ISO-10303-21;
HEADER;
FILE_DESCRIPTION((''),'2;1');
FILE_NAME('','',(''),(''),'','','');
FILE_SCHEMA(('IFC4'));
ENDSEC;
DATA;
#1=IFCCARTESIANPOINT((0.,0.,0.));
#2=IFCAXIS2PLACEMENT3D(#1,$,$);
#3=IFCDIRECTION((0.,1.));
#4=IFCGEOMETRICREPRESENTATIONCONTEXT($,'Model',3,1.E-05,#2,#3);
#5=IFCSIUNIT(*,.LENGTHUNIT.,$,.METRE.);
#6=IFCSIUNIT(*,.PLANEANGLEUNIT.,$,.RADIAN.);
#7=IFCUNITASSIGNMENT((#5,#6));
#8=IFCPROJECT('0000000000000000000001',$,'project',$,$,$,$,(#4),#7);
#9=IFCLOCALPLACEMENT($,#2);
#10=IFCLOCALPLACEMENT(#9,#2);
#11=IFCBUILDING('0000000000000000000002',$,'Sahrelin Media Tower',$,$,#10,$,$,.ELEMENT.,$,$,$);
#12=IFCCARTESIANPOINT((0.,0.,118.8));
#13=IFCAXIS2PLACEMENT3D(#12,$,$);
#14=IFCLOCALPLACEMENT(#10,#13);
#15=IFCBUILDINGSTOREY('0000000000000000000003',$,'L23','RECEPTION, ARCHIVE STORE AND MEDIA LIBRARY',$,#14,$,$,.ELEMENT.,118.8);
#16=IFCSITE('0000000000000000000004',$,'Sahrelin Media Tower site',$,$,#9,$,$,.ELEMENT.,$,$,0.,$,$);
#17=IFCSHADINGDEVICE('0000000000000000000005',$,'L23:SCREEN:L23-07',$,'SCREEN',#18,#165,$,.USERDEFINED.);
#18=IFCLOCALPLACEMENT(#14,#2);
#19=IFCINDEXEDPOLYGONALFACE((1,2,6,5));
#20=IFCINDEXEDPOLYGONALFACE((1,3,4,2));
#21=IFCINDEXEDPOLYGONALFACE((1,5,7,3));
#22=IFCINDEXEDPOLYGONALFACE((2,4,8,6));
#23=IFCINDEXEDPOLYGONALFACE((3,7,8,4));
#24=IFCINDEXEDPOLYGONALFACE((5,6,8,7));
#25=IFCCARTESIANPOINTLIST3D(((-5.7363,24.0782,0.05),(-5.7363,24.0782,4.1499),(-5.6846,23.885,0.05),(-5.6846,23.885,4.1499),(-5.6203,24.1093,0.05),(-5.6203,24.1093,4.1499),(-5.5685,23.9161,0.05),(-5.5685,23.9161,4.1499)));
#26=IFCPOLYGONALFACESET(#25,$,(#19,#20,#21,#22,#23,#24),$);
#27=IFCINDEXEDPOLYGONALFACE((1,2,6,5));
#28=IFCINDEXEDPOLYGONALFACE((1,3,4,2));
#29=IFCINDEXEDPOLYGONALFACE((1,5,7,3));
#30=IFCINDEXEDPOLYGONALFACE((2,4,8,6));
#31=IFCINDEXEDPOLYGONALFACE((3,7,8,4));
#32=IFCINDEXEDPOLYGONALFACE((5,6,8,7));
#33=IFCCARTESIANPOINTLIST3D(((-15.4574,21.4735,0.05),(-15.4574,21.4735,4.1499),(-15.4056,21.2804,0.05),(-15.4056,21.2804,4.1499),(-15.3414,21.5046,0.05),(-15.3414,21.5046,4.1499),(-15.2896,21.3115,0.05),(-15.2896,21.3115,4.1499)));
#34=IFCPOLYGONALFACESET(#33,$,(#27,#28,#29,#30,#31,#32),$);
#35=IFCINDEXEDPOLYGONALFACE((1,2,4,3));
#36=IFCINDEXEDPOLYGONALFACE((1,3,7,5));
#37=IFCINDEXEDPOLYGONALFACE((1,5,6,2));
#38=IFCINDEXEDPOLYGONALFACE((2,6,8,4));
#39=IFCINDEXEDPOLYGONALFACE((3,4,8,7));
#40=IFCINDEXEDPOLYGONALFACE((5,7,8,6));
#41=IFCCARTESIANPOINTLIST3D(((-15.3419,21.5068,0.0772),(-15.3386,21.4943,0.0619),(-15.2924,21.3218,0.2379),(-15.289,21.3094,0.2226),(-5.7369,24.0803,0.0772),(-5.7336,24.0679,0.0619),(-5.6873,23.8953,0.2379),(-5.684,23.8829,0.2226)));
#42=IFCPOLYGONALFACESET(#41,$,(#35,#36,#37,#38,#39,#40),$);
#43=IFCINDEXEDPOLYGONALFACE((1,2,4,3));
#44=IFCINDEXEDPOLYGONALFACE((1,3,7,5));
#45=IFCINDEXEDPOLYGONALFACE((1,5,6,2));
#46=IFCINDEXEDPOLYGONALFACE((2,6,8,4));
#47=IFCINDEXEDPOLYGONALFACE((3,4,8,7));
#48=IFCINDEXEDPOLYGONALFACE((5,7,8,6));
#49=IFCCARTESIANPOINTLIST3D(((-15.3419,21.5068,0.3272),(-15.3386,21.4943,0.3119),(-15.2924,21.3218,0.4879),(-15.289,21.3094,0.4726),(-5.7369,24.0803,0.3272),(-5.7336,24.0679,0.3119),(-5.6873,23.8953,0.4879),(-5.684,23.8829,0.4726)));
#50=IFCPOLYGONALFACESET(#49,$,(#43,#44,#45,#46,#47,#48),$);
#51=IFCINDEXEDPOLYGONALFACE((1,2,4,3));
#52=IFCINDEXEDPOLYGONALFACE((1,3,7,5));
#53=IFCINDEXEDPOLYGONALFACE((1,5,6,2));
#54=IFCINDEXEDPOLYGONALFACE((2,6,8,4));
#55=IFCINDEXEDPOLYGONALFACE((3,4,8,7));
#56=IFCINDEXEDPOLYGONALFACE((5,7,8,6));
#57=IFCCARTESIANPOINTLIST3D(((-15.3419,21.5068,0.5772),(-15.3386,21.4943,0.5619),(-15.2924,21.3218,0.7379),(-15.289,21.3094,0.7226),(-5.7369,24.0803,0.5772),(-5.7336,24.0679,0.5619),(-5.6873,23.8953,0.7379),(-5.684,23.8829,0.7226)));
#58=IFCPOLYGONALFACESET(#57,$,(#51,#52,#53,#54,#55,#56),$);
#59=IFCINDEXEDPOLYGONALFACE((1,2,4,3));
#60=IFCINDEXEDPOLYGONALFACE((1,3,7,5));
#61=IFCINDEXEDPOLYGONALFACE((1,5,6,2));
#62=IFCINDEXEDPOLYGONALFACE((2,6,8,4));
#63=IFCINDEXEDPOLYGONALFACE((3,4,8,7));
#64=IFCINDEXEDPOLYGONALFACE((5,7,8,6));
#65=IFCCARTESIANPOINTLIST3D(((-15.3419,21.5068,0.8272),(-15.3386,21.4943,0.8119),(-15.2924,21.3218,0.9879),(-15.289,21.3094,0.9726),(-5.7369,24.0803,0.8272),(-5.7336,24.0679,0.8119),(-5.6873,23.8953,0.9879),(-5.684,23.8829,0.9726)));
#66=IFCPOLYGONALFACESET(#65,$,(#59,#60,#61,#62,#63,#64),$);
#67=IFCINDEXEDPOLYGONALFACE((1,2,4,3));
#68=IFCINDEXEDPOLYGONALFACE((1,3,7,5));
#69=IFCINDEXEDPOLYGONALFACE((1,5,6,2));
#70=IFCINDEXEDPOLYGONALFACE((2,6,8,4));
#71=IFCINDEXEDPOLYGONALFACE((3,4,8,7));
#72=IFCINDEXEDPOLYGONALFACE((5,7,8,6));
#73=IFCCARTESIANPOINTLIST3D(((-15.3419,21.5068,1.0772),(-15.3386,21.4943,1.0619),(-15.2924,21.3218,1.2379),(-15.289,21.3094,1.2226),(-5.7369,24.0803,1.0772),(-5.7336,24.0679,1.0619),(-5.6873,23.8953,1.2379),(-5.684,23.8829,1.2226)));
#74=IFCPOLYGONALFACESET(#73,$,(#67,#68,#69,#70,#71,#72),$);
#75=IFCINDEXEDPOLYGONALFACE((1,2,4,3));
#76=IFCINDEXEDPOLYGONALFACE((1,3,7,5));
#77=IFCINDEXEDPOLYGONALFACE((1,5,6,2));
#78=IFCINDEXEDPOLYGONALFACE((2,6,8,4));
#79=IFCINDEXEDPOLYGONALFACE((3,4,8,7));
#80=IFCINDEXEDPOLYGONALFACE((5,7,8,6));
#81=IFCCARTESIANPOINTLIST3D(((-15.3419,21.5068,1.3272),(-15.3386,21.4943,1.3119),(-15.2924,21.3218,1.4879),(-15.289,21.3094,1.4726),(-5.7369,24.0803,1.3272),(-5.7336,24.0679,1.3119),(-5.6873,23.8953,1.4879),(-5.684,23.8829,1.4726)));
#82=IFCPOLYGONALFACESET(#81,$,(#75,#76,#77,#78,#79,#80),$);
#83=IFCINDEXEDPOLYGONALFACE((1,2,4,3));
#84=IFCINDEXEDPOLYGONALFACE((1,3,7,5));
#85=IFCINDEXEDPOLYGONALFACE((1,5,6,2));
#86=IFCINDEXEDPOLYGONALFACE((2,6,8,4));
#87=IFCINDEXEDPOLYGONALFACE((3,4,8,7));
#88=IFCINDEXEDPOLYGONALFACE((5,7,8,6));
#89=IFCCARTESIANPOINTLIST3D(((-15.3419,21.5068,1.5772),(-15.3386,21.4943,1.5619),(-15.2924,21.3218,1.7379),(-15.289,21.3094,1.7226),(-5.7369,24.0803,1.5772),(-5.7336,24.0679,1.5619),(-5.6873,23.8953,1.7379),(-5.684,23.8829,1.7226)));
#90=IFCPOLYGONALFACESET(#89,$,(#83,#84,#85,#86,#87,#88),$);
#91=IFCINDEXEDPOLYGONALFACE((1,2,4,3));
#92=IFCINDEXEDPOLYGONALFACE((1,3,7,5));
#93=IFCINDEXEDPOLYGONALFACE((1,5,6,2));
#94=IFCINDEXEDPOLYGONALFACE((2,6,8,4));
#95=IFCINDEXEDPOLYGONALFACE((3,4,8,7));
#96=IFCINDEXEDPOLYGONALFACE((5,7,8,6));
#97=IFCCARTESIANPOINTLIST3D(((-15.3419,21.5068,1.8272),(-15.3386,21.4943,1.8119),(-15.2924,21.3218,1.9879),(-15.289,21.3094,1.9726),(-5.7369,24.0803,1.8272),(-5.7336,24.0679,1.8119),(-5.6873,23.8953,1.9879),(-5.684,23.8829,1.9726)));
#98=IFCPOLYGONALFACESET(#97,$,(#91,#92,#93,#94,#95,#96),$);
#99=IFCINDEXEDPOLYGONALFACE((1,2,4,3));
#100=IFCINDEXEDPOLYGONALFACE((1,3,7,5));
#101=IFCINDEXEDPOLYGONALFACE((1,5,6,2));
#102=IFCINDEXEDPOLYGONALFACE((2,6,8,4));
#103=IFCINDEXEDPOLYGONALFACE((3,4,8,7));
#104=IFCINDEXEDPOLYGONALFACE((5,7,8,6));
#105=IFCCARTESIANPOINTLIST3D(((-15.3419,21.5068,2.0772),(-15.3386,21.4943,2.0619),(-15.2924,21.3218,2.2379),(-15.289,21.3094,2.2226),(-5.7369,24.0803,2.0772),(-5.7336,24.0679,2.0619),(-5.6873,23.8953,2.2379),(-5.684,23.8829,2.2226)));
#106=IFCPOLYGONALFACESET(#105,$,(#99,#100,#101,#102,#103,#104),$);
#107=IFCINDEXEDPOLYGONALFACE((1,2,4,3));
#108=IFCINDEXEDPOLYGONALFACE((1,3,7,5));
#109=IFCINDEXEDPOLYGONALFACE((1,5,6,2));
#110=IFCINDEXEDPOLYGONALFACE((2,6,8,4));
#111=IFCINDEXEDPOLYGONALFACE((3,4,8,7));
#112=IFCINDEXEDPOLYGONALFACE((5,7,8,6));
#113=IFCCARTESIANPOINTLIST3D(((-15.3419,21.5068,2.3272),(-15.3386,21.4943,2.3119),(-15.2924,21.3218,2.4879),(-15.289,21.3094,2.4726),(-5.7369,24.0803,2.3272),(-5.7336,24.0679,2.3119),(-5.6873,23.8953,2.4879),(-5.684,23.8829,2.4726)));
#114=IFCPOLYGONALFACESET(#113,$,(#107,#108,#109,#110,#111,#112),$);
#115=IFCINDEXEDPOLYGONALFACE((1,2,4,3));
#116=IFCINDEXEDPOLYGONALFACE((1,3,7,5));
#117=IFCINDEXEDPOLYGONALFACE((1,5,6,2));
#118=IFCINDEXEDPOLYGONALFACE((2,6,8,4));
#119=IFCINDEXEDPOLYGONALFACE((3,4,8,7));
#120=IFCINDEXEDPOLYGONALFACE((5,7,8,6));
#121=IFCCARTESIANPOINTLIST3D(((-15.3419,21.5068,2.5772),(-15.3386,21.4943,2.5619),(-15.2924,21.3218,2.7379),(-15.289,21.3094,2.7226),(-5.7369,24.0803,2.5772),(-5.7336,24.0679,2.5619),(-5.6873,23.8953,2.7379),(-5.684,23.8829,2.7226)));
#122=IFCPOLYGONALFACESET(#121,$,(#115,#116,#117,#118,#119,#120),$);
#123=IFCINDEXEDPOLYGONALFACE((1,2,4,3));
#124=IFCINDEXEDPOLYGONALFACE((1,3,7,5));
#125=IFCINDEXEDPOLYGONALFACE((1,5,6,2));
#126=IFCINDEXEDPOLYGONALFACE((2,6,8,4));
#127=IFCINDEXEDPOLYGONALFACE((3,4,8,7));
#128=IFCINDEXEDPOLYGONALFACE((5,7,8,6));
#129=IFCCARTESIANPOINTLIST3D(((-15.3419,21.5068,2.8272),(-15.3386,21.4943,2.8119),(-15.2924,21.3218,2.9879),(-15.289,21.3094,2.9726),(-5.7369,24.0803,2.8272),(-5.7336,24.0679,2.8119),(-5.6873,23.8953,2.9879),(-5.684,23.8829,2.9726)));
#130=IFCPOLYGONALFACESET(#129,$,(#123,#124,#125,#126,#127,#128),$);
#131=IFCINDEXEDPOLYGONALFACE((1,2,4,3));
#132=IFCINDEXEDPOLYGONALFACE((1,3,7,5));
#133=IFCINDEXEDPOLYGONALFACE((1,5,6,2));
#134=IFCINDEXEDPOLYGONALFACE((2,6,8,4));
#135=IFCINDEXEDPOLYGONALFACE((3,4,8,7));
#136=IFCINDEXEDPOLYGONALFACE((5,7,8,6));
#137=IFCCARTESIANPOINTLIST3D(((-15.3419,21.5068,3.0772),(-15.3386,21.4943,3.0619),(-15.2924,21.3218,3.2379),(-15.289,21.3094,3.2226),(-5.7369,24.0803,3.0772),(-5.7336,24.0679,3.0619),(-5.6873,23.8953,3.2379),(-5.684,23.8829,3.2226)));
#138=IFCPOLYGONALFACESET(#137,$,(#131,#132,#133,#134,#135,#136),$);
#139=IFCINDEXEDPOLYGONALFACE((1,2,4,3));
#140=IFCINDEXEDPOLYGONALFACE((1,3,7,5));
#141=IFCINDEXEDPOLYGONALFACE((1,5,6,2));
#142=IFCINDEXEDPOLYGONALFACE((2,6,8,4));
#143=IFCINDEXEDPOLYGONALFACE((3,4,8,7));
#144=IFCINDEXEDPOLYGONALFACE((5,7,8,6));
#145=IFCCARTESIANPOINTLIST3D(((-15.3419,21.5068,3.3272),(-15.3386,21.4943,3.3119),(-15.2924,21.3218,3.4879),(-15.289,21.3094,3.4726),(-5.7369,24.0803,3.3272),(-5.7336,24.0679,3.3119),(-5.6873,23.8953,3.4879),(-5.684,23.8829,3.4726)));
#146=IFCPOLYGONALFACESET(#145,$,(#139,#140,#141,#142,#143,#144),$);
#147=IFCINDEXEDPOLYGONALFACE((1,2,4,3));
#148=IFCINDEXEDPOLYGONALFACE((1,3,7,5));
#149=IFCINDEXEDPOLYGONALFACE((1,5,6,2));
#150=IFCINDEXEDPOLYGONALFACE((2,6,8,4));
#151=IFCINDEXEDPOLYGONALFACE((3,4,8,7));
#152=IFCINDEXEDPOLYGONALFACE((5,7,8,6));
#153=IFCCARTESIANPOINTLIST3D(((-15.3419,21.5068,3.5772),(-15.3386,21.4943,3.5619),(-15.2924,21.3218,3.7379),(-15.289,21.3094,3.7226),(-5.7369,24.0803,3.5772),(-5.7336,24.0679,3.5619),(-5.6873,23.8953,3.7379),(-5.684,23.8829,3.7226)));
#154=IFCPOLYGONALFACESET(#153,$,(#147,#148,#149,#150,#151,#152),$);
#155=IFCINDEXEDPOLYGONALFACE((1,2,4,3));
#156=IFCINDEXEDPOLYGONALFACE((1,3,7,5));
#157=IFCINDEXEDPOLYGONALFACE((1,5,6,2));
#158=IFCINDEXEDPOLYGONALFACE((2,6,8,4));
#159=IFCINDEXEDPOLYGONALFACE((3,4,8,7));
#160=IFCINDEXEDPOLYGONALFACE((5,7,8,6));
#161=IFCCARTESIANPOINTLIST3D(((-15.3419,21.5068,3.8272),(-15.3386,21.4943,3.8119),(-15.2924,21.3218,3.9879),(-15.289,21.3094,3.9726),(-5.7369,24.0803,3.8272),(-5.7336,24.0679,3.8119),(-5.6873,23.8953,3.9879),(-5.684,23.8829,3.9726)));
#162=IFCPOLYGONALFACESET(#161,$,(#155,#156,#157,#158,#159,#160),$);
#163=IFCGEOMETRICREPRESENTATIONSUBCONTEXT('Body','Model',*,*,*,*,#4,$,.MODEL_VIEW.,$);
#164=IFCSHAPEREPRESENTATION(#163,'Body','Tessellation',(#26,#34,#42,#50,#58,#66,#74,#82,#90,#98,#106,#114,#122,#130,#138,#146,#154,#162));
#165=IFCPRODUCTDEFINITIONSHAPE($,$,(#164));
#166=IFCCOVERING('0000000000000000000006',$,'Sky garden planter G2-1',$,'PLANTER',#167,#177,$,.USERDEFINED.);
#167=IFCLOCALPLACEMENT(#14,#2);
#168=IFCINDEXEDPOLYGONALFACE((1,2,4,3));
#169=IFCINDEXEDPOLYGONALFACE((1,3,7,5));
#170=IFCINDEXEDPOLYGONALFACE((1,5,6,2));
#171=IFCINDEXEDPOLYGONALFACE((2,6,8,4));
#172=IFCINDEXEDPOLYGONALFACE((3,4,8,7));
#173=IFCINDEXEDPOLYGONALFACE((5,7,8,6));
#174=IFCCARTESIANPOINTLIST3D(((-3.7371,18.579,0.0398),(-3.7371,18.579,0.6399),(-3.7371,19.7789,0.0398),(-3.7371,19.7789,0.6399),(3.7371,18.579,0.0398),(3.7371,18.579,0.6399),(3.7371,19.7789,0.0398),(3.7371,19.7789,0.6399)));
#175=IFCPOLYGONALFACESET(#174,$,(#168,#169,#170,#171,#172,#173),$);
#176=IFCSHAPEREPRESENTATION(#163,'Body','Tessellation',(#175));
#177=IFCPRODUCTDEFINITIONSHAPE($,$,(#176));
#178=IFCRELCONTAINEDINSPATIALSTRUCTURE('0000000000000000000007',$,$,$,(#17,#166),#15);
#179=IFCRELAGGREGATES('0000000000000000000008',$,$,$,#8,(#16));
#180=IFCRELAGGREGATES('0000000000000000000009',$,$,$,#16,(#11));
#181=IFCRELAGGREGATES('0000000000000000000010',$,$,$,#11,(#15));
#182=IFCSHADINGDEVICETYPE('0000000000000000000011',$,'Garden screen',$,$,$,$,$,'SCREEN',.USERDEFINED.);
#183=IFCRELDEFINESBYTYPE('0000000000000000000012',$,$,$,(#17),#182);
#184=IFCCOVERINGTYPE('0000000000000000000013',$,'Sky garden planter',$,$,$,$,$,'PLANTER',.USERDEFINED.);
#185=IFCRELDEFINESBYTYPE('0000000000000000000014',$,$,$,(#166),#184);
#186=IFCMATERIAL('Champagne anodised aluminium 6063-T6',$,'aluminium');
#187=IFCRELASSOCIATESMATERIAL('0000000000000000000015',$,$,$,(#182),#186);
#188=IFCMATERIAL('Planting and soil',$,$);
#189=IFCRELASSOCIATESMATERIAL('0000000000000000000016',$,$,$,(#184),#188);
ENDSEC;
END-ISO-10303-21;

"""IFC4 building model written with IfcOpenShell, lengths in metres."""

from ifc_helpers import new_model, si_unit, direction, frame, origin, origin_2d, place, context, subcontext, project, spatial, rectangle, extrude, material, type_object, element, save


model = new_model("IFC4")

# Units and contexts
model_context = context("Model", 3, precision=1e-05, world=origin(), true_north=direction((0.0, 1.0)))
body_context = subcontext(model_context, "Body", "Model", "MODEL_VIEW")
ifc_project = project(units=[si_unit("LENGTHUNIT", "METRE"), si_unit("PLANEANGLEUNIT", "RADIAN")], contexts=[model_context])

# Site, building, storey
site_placement = place(None, origin())
site = spatial("IfcSite", under=ifc_project, at=site_placement, Name="Sahrelin Media Tower site", CompositionType="ELEMENT", RefElevation=0.0)
building_placement = place(site_placement, origin())
building = spatial("IfcBuilding", under=site, at=building_placement, Name="Sahrelin Media Tower", CompositionType="ELEMENT")
storey_placement = place(building_placement, frame((0.0, 0.0, 118.8)))
storey = spatial("IfcBuildingStorey", under=building, at=storey_placement, Name="L23", Description="RECEPTION, ARCHIVE STORE AND MEDIA LIBRARY", CompositionType="ELEMENT", Elevation=118.8)

# Shading device
ifc_material_1 = material(Name="Champagne anodised aluminium 6063-T6", Category="aluminium")
shading_device_type = type_object("IfcShadingDeviceType", Name="Garden screen", ElementType="SCREEN", PredefinedType="USERDEFINED", material=ifc_material_1)
shading_device_1_placement = place(storey_placement, frame((-10.4871, 22.5981, 0.0), z_axis=(0.0, 0.0, 1.0), x_axis=(0.965929, 0.258808, 0.0)))
element("IfcShadingDevice", 1, at=shading_device_1_placement, inside=storey, type_object=shading_device_type, Name="L23:SCREEN:L23-07", ObjectType="SCREEN", PredefinedType="USERDEFINED", context=body_context, shape_type="SweptSolid", body=[
    extrude(rectangle(XDim=0.1201, YDim=0.2, at=origin_2d()), frame((5.032, 0.1001, 0.05), z_axis=(0.0, 0.0, 1.0), x_axis=(1.0, 0.0, 0.0)), (0.0, 0.0, 1.0), 4.0999),
    extrude(rectangle(XDim=0.1201, YDim=0.2, at=origin_2d()), frame((-5.032, 0.1001, 0.05), z_axis=(0.0, 0.0, 1.0), x_axis=(1.0, 0.0, 0.0)), (0.0, 0.0, 1.0), 4.0999),
    extrude(rectangle(XDim=0.25, YDim=0.02, at=origin_2d()), frame((4.9719, 0.1001, 0.1499), z_axis=(-1.0, 0.0, 0.0), x_axis=(0.0, -0.766044, 0.642788)), (0.0, 0.0, 1.0), 9.9438),
    extrude(rectangle(XDim=0.25, YDim=0.02, at=origin_2d()), frame((4.9719, 0.1001, 0.3999), z_axis=(-1.0, 0.0, 0.0), x_axis=(0.0, -0.766044, 0.642788)), (0.0, 0.0, 1.0), 9.9438),
    extrude(rectangle(XDim=0.25, YDim=0.02, at=origin_2d()), frame((4.9719, 0.1001, 0.6499), z_axis=(-1.0, 0.0, 0.0), x_axis=(0.0, -0.766044, 0.642788)), (0.0, 0.0, 1.0), 9.9438),
    extrude(rectangle(XDim=0.25, YDim=0.02, at=origin_2d()), frame((4.9719, 0.1001, 0.8999), z_axis=(-1.0, 0.0, 0.0), x_axis=(0.0, -0.766044, 0.642788)), (0.0, 0.0, 1.0), 9.9438),
    extrude(rectangle(XDim=0.25, YDim=0.02, at=origin_2d()), frame((4.9719, 0.1001, 1.1499), z_axis=(-1.0, 0.0, 0.0), x_axis=(0.0, -0.766044, 0.642788)), (0.0, 0.0, 1.0), 9.9438),
    extrude(rectangle(XDim=0.25, YDim=0.02, at=origin_2d()), frame((4.9719, 0.1001, 1.3999), z_axis=(-1.0, 0.0, 0.0), x_axis=(0.0, -0.766044, 0.642788)), (0.0, 0.0, 1.0), 9.9438),
    extrude(rectangle(XDim=0.25, YDim=0.02, at=origin_2d()), frame((4.9719, 0.1001, 1.6499), z_axis=(-1.0, 0.0, 0.0), x_axis=(0.0, -0.766044, 0.642788)), (0.0, 0.0, 1.0), 9.9438),
    extrude(rectangle(XDim=0.25, YDim=0.02, at=origin_2d()), frame((4.9719, 0.1001, 1.8999), z_axis=(-1.0, 0.0, 0.0), x_axis=(0.0, -0.766044, 0.642788)), (0.0, 0.0, 1.0), 9.9438),
    extrude(rectangle(XDim=0.25, YDim=0.02, at=origin_2d()), frame((4.9719, 0.1001, 2.1499), z_axis=(-1.0, 0.0, 0.0), x_axis=(0.0, -0.766044, 0.642788)), (0.0, 0.0, 1.0), 9.9438),
    extrude(rectangle(XDim=0.25, YDim=0.02, at=origin_2d()), frame((4.9719, 0.1001, 2.3999), z_axis=(-1.0, 0.0, 0.0), x_axis=(0.0, -0.766044, 0.642788)), (0.0, 0.0, 1.0), 9.9438),
    extrude(rectangle(XDim=0.25, YDim=0.02, at=origin_2d()), frame((4.9719, 0.1001, 2.6499), z_axis=(-1.0, 0.0, 0.0), x_axis=(0.0, -0.766044, 0.642788)), (0.0, 0.0, 1.0), 9.9438),
    extrude(rectangle(XDim=0.25, YDim=0.02, at=origin_2d()), frame((4.9719, 0.1001, 2.8999), z_axis=(-1.0, 0.0, 0.0), x_axis=(0.0, -0.766044, 0.642788)), (0.0, 0.0, 1.0), 9.9438),
    extrude(rectangle(XDim=0.25, YDim=0.02, at=origin_2d()), frame((4.9719, 0.1001, 3.1499), z_axis=(-1.0, 0.0, 0.0), x_axis=(0.0, -0.766044, 0.642788)), (0.0, 0.0, 1.0), 9.9438),
    extrude(rectangle(XDim=0.25, YDim=0.02, at=origin_2d()), frame((4.9719, 0.1001, 3.3999), z_axis=(-1.0, 0.0, 0.0), x_axis=(0.0, -0.766044, 0.642788)), (0.0, 0.0, 1.0), 9.9438),
    extrude(rectangle(XDim=0.25, YDim=0.02, at=origin_2d()), frame((4.9719, 0.1001, 3.6499), z_axis=(-1.0, 0.0, 0.0), x_axis=(0.0, -0.766044, 0.642788)), (0.0, 0.0, 1.0), 9.9438),
    extrude(rectangle(XDim=0.25, YDim=0.02, at=origin_2d()), frame((4.9719, 0.1001, 3.8999), z_axis=(-1.0, 0.0, 0.0), x_axis=(0.0, -0.766044, 0.642788)), (0.0, 0.0, 1.0), 9.9438),
])

# Covering
ifc_material_2 = material(Name="Planting and soil")
covering_type = type_object("IfcCoveringType", Name="Sky garden planter", ElementType="PLANTER", PredefinedType="USERDEFINED", material=ifc_material_2)
covering_placement = place(storey_placement, frame((0.0, 19.179, 0.0398), z_axis=(0.0, 0.0, 1.0), x_axis=(-1.0, 0.0, 0.0)))
element("IfcCovering", 2, at=covering_placement, inside=storey, type_object=covering_type, Name="Sky garden planter G2-1", ObjectType="PLANTER", PredefinedType="USERDEFINED", context=body_context, shape_type="SweptSolid", body=[
    extrude(rectangle(XDim=7.4741, YDim=1.2, at=origin_2d()), origin(), (0.0, 0.0, 1.0), 0.6001),
])

save(model, "model.ifc")
